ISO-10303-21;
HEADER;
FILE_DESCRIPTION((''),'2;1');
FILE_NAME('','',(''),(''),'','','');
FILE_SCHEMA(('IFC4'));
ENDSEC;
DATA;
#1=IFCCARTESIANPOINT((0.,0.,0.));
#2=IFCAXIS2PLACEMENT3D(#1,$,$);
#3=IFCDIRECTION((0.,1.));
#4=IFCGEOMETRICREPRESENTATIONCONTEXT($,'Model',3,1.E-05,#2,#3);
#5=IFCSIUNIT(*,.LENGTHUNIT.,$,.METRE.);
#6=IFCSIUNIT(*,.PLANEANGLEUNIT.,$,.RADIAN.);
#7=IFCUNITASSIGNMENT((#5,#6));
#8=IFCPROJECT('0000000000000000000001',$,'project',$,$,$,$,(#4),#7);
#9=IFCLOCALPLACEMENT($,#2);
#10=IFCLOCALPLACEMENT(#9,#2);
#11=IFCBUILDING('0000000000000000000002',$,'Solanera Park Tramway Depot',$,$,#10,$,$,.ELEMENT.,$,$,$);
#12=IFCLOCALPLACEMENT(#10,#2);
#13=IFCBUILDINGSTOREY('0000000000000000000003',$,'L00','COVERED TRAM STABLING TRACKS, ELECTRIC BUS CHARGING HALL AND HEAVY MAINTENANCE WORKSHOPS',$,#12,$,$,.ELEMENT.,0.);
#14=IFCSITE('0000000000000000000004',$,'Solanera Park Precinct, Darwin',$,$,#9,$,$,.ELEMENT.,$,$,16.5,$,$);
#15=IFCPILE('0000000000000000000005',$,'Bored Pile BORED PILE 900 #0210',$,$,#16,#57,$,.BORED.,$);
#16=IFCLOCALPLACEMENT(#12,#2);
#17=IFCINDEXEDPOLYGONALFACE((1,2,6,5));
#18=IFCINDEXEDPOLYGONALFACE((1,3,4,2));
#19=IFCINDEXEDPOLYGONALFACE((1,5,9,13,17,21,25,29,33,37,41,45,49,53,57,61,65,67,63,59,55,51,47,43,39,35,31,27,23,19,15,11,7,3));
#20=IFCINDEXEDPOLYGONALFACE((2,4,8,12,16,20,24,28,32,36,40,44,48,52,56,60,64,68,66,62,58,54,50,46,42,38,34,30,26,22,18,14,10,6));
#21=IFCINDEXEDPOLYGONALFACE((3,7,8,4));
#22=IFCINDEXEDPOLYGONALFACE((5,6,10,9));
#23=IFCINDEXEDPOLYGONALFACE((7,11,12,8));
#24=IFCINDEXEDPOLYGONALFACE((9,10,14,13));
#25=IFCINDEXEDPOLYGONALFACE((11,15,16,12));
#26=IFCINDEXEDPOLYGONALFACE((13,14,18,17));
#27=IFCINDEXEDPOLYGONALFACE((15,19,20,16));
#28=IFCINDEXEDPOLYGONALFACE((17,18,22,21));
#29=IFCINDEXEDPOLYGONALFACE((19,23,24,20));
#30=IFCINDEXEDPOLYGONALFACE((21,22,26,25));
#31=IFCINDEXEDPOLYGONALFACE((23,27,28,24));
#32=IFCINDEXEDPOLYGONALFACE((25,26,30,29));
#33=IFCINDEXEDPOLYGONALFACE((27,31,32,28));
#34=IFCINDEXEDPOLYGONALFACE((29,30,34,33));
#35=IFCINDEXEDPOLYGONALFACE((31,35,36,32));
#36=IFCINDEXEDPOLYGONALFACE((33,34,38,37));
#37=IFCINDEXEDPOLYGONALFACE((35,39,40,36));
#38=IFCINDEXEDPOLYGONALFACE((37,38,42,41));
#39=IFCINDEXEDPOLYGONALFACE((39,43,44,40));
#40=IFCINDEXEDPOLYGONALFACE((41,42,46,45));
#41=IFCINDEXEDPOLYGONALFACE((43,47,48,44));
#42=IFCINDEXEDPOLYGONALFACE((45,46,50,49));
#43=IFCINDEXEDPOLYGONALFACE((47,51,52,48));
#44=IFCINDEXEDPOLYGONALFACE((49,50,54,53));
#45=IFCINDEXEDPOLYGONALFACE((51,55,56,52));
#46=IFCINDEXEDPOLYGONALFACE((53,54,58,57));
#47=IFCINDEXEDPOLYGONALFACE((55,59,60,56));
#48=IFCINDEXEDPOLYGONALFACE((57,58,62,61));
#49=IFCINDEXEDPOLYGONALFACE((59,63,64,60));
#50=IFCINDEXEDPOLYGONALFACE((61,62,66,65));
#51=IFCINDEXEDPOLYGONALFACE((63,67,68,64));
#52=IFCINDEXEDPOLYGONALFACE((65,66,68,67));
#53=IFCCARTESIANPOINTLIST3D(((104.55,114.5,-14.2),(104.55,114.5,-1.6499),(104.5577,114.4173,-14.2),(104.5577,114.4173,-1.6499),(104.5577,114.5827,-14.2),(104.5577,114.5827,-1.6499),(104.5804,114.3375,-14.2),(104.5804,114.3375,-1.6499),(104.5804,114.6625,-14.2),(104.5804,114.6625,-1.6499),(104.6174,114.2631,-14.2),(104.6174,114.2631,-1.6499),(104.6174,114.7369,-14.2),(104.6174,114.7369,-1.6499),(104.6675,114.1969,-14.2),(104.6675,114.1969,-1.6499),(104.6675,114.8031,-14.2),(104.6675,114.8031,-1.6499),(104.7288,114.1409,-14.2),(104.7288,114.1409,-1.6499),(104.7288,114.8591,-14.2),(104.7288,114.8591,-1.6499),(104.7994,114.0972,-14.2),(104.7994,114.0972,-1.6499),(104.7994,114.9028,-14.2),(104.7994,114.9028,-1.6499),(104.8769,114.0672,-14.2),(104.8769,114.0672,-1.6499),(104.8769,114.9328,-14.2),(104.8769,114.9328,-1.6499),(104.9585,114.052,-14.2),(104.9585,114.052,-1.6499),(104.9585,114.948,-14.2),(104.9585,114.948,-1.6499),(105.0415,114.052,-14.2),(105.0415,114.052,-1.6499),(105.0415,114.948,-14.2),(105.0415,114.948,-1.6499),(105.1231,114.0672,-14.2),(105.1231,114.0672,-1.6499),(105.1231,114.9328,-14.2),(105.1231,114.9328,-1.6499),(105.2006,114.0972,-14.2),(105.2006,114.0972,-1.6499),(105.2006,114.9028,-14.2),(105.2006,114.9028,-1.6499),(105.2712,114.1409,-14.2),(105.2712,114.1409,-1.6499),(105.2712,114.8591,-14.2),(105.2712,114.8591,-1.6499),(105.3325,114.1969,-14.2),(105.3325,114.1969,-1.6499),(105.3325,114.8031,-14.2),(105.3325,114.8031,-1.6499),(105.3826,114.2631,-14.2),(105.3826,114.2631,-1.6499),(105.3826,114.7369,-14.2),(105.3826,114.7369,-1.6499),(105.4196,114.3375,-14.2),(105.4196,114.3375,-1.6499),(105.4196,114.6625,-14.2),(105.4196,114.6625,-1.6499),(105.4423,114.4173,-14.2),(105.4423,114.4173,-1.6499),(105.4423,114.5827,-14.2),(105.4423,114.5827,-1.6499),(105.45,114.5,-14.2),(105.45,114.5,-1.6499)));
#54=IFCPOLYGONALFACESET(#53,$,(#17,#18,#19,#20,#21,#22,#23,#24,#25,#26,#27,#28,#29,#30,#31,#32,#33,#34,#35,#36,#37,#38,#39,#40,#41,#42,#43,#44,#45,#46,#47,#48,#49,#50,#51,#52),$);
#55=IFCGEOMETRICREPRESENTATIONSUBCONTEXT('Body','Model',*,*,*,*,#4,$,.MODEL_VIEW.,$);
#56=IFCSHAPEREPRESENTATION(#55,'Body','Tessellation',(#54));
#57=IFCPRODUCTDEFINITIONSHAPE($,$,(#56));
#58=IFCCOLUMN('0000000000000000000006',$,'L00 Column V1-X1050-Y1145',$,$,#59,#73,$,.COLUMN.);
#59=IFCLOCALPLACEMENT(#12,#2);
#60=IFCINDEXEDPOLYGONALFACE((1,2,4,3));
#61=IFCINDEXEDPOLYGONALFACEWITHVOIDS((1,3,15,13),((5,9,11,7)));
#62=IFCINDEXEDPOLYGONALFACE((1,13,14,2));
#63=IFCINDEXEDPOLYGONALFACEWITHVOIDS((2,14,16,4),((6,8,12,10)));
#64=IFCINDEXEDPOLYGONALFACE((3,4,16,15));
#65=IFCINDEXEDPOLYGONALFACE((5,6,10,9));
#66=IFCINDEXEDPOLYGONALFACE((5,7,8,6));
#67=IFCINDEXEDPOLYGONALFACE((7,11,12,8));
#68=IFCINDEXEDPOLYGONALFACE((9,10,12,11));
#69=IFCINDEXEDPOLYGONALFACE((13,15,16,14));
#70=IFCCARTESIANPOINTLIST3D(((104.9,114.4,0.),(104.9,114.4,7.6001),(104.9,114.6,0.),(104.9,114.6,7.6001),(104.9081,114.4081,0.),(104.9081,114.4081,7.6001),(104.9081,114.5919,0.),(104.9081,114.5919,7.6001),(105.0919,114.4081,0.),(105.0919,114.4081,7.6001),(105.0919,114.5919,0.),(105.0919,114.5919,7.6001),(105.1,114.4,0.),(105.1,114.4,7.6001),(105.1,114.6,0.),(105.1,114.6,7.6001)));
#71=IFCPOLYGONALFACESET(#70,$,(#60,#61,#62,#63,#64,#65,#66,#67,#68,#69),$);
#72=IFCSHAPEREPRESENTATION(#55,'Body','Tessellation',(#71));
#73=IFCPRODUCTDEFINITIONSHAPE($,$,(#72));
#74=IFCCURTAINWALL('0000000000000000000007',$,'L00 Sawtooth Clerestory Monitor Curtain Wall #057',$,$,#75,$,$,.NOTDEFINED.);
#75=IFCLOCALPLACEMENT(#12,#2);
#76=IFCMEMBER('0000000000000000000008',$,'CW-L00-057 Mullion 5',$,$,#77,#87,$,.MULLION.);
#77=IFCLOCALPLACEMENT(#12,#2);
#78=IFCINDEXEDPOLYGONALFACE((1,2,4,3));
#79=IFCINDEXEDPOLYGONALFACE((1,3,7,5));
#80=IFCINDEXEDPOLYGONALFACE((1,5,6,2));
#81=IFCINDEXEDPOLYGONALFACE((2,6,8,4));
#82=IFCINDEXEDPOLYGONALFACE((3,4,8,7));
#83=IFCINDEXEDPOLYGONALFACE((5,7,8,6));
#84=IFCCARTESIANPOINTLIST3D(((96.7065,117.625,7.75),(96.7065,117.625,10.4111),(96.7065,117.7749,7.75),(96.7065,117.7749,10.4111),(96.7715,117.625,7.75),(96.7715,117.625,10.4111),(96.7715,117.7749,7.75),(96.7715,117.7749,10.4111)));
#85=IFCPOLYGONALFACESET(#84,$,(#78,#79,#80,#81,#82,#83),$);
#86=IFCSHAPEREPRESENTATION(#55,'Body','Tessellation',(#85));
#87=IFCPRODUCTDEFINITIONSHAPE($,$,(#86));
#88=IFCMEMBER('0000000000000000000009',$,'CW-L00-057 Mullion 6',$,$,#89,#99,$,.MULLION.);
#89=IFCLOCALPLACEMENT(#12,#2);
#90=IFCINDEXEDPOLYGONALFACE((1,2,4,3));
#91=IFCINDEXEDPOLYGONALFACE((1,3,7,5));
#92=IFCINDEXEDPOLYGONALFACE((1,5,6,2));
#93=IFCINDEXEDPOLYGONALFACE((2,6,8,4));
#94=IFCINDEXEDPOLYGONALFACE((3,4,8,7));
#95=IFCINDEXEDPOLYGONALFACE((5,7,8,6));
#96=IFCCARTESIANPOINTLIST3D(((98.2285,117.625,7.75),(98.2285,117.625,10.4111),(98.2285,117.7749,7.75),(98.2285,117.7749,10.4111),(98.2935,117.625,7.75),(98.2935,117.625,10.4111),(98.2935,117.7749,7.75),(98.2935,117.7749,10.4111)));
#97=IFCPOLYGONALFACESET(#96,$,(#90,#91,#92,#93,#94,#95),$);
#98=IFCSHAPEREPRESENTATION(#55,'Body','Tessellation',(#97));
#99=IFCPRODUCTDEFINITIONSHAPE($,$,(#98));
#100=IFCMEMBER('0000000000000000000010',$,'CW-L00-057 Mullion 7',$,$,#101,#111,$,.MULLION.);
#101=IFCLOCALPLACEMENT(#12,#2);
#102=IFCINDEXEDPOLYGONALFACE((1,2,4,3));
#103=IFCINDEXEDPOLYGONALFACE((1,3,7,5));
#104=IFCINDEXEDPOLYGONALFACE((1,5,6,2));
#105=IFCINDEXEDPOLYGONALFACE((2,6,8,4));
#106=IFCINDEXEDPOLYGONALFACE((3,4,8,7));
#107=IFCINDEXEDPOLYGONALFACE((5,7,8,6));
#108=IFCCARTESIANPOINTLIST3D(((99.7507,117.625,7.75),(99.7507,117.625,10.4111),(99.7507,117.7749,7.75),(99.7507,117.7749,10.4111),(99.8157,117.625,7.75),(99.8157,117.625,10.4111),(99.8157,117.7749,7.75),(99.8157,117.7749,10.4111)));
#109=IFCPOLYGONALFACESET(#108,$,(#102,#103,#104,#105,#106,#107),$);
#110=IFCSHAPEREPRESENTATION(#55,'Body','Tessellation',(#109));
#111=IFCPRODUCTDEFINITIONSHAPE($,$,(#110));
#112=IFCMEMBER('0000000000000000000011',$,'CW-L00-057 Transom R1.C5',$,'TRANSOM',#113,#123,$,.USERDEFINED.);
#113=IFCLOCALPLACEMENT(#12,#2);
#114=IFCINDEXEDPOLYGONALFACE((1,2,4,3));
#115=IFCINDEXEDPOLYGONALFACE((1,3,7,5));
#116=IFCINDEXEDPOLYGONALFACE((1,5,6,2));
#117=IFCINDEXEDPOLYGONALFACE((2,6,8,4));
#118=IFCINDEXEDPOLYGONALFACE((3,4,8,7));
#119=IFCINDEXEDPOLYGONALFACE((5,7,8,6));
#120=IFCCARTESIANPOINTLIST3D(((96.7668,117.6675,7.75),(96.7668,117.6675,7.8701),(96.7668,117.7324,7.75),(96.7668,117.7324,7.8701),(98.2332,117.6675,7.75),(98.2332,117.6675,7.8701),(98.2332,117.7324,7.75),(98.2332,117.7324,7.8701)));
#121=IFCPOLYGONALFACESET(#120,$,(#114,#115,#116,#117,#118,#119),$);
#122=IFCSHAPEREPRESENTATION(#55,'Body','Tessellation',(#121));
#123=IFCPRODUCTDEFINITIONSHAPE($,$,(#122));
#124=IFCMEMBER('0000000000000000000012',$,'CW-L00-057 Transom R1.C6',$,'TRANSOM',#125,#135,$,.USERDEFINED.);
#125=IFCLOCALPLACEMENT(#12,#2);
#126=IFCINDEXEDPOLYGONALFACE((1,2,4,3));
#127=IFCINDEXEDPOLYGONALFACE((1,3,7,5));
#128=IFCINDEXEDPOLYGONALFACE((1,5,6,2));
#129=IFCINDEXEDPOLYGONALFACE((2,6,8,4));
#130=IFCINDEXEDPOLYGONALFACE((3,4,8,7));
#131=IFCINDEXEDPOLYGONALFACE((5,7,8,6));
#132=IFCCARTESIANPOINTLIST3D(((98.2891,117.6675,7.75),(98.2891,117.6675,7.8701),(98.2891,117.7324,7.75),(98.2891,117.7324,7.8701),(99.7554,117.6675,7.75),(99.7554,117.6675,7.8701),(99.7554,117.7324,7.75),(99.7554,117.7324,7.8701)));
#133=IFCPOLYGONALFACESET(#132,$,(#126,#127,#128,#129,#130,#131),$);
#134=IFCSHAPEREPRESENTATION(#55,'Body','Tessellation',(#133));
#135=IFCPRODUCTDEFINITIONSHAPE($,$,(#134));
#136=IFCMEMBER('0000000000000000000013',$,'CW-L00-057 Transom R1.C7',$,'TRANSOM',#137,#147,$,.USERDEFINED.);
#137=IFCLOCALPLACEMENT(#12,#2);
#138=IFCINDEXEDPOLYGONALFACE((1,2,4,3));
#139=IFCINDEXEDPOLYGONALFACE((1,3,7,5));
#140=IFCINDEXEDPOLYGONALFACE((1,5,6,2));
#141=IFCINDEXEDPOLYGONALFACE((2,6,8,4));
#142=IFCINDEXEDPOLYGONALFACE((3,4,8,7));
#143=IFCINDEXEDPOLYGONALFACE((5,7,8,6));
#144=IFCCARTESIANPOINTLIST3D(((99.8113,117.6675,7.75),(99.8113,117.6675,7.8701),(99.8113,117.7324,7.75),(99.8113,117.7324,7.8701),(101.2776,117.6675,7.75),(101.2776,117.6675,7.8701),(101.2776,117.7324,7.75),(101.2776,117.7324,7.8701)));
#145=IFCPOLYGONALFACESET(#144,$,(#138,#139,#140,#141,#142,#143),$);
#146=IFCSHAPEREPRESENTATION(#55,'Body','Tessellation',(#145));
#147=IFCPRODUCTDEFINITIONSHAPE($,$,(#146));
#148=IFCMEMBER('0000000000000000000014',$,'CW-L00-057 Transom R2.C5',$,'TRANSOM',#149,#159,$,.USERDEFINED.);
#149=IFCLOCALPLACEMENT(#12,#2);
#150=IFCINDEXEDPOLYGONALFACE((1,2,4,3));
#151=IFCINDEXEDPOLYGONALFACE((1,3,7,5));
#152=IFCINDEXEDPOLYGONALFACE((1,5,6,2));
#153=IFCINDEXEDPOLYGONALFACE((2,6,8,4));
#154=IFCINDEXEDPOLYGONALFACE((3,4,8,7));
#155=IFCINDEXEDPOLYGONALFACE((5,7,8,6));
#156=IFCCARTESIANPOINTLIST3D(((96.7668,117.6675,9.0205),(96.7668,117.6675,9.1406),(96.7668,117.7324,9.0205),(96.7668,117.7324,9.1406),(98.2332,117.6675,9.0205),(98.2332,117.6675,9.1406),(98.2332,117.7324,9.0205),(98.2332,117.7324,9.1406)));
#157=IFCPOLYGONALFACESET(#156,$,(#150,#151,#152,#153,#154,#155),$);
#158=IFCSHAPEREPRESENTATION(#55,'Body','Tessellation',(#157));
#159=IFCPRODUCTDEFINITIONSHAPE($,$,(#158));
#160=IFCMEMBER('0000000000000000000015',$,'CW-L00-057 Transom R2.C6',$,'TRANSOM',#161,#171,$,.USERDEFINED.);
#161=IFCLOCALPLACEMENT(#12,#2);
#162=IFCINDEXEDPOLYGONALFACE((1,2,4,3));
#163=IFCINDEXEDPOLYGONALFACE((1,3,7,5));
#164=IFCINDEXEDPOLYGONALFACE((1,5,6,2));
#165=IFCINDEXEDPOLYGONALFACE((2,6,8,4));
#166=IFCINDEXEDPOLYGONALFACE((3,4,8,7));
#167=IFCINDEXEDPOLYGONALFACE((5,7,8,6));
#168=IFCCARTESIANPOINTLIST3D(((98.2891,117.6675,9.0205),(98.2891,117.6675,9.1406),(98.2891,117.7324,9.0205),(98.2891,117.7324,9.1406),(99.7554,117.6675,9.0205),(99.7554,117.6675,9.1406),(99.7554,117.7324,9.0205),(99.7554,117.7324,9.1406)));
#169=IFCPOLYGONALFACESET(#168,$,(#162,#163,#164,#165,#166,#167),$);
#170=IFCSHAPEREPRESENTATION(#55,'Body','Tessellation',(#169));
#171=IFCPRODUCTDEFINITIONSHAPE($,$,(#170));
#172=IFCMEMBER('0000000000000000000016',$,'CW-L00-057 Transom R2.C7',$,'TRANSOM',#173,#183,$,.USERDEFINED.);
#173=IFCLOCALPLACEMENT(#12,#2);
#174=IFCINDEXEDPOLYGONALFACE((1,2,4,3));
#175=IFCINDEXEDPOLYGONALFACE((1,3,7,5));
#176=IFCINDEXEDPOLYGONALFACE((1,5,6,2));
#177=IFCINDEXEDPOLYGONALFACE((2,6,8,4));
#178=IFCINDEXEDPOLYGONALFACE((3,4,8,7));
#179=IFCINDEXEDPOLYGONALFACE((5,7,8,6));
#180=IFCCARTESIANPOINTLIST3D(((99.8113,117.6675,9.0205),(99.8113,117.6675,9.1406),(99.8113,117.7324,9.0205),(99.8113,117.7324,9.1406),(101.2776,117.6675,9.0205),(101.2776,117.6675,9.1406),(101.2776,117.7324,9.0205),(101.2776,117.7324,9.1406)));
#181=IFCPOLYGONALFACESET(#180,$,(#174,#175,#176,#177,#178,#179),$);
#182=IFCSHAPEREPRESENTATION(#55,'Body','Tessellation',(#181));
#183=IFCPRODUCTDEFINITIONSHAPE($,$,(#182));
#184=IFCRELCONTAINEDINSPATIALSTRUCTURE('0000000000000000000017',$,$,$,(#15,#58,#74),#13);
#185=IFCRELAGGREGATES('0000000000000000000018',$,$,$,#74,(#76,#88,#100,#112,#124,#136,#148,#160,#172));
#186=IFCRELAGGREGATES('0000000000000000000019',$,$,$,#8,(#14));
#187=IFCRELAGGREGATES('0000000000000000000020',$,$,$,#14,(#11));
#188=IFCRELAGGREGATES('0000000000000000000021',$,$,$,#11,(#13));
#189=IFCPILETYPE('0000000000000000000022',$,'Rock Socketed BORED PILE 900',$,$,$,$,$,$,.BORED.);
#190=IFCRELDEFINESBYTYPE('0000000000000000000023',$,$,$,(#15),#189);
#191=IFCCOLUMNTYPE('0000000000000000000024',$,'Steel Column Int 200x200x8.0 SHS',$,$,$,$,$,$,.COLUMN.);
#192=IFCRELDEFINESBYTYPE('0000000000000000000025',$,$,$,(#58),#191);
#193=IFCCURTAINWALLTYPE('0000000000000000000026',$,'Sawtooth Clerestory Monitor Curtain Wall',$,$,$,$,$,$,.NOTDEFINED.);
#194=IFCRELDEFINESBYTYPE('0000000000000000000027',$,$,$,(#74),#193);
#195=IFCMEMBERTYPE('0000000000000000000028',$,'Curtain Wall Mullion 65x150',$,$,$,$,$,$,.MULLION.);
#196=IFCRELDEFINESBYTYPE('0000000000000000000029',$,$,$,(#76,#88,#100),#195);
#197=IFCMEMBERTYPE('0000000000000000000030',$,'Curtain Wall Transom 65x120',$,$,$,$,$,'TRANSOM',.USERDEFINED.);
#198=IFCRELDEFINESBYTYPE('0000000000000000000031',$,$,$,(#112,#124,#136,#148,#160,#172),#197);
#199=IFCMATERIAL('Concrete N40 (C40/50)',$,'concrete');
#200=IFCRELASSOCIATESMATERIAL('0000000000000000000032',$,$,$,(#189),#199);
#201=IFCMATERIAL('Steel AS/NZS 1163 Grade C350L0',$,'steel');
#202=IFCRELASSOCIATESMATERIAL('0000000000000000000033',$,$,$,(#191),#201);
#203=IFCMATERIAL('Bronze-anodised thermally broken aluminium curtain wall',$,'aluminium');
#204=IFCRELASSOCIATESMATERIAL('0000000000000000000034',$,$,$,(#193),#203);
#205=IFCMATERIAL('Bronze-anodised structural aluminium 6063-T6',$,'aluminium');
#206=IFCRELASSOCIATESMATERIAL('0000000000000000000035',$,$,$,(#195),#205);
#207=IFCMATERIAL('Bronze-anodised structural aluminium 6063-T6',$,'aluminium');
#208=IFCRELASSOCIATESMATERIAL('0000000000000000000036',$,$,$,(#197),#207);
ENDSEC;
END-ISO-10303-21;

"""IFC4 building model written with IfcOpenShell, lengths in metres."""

from ifc_helpers import new_model, si_unit, direction, frame, origin, origin_2d, place, context, subcontext, project, spatial, rectangle, hollow_rectangle, circle, extrude, material, material_profile, profile_set, type_object, element, aggregate, save


model = new_model("IFC4")

# Units and contexts
model_context = context("Model", 3, precision=1e-05, world=origin(), true_north=direction((0.0, 1.0)))
body_context = subcontext(model_context, "Body", "Model", "MODEL_VIEW")
ifc_project = project(units=[si_unit("LENGTHUNIT", "METRE"), si_unit("PLANEANGLEUNIT", "RADIAN")], contexts=[model_context])

# Site, building, storey
site_placement = place(None, origin())
site = spatial("IfcSite", under=ifc_project, at=site_placement, Name="Solanera Park Precinct, Darwin", CompositionType="ELEMENT", RefElevation=16.5)
building_placement = place(site_placement, origin())
building = spatial("IfcBuilding", under=site, at=building_placement, Name="Solanera Park Tramway Depot", CompositionType="ELEMENT")
storey_placement = place(building_placement, origin())
storey = spatial("IfcBuildingStorey", under=building, at=storey_placement, Name="L00", Description="COVERED TRAM STABLING TRACKS, ELECTRIC BUS CHARGING HALL AND HEAVY MAINTENANCE WORKSHOPS", CompositionType="ELEMENT", Elevation=0.0)

# Pile
ifc_material_1 = material(Name="Concrete N40 (C40/50)", Category="concrete")
ifc_material_profile_1 = material_profile(ifc_material_1, circle(Radius=0.45, at=origin_2d()), Name="BORED PILE 900")
ifc_profile_set_1 = profile_set([ifc_material_profile_1], Name="Concrete N40 (C40/50)")
pile_type = type_object("IfcPileType", Name="Rock Socketed BORED PILE 900", PredefinedType="BORED", material=ifc_profile_set_1)
pile_placement = place(storey_placement, frame((105.0, 114.5, -1.6499), z_axis=(0.0, 0.0, -1.0), x_axis=(1.0, 0.0, 0.0)))
element("IfcPile", 1, at=pile_placement, inside=storey, type_object=pile_type, Name="Bored Pile BORED PILE 900 #0210", PredefinedType="BORED", context=body_context, shape_type="SweptSolid", body=[
    extrude(circle(Radius=0.45, at=origin_2d()), origin(), (0.0, 0.0, 1.0), 12.55),
])

# Column
ifc_material_2 = material(Name="Steel AS/NZS 1163 Grade C350L0", Category="steel")
ifc_material_profile_2 = material_profile(ifc_material_2, hollow_rectangle(XDim=0.2, YDim=0.2, WallThickness=0.0081, at=origin_2d()), Name="200x200x8.0 SHS")
ifc_profile_set_2 = profile_set([ifc_material_profile_2], Name="Steel AS/NZS 1163 Grade C350L0")
column_type = type_object("IfcColumnType", Name="Steel Column Int 200x200x8.0 SHS", PredefinedType="COLUMN", material=ifc_profile_set_2)
column_placement = place(storey_placement, frame((105.0, 114.5, 0.0), z_axis=(0.0, 0.0, 1.0), x_axis=(1.0, 0.0, 0.0)))
element("IfcColumn", 2, at=column_placement, inside=storey, type_object=column_type, Name="L00 Column V1-X1050-Y1145", PredefinedType="COLUMN", context=body_context, shape_type="SweptSolid", body=[
    extrude(hollow_rectangle(XDim=0.2, YDim=0.2, WallThickness=0.0081, at=origin_2d()), origin(), (0.0, 0.0, 1.0), 7.6001),
])

# Curtain wall, members
ifc_material_3 = material(Name="Bronze-anodised thermally broken aluminium curtain wall", Category="aluminium")
curtain_wall_type = type_object("IfcCurtainWallType", Name="Sawtooth Clerestory Monitor Curtain Wall", PredefinedType="NOTDEFINED", material=ifc_material_3)
curtain_wall_placement = place(storey_placement, origin())
curtain_wall = element("IfcCurtainWall", 3, at=curtain_wall_placement, inside=storey, type_object=curtain_wall_type, Name="L00 Sawtooth Clerestory Monitor Curtain Wall #057", PredefinedType="NOTDEFINED")
ifc_material_4 = material(Name="Bronze-anodised structural aluminium 6063-T6", Category="aluminium")
ifc_material_profile_3 = material_profile(ifc_material_4, rectangle(XDim=0.0649, YDim=0.1499, at=origin_2d()), Name="Curtain Wall Mullion 65x150")
ifc_profile_set_3 = profile_set([ifc_material_profile_3], Name="Bronze-anodised structural aluminium 6063-T6")
member_type_1 = type_object("IfcMemberType", Name="Curtain Wall Mullion 65x150", PredefinedType="MULLION", material=ifc_profile_set_3)
member_1_placement = place(storey_placement, frame((96.739, 117.7, 7.75), z_axis=(0.0, 0.0, 1.0), x_axis=(1.0, 0.0, 0.0)))
member_1 = element("IfcMember", 4, at=member_1_placement, type_object=member_type_1, Name="CW-L00-057 Mullion 5", PredefinedType="MULLION", context=body_context, shape_type="SweptSolid", body=[
    extrude(rectangle(XDim=0.0649, YDim=0.1499, at=origin_2d()), origin(), (0.0, 0.0, 1.0), 2.6611),
])
member_2_placement = place(storey_placement, frame((98.261, 117.7, 7.75), z_axis=(0.0, 0.0, 1.0), x_axis=(1.0, 0.0, 0.0)))
member_2 = element("IfcMember", 5, at=member_2_placement, type_object=member_type_1, Name="CW-L00-057 Mullion 6", PredefinedType="MULLION", context=body_context, shape_type="SweptSolid", body=[
    extrude(rectangle(XDim=0.0649, YDim=0.1499, at=origin_2d()), origin(), (0.0, 0.0, 1.0), 2.6611),
])
member_3_placement = place(storey_placement, frame((99.7832, 117.7, 7.75), z_axis=(0.0, 0.0, 1.0), x_axis=(1.0, 0.0, 0.0)))
member_3 = element("IfcMember", 6, at=member_3_placement, type_object=member_type_1, Name="CW-L00-057 Mullion 7", PredefinedType="MULLION", context=body_context, shape_type="SweptSolid", body=[
    extrude(rectangle(XDim=0.0649, YDim=0.1499, at=origin_2d()), origin(), (0.0, 0.0, 1.0), 2.6611),
])
ifc_material_5 = material(Name="Bronze-anodised structural aluminium 6063-T6", Category="aluminium")
ifc_material_profile_4 = material_profile(ifc_material_5, rectangle(XDim=0.0649, YDim=0.1201, at=origin_2d()), Name="Curtain Wall Transom 65x120")
ifc_profile_set_4 = profile_set([ifc_material_profile_4], Name="Bronze-anodised structural aluminium 6063-T6")
member_type_2 = type_object("IfcMemberType", Name="Curtain Wall Transom 65x120", ElementType="TRANSOM", PredefinedType="USERDEFINED", material=ifc_profile_set_4)
member_4_placement = place(storey_placement, frame((96.7668, 117.7, 7.8101), z_axis=(1.0, 0.0, 0.0), x_axis=(0.0, 1.0, 0.0)))
member_4 = element("IfcMember", 7, at=member_4_placement, type_object=member_type_2, Name="CW-L00-057 Transom R1.C5", ObjectType="TRANSOM", PredefinedType="USERDEFINED", context=body_context, shape_type="SweptSolid", body=[
    extrude(rectangle(XDim=0.0649, YDim=0.1201, at=origin_2d()), origin(), (0.0, 0.0, 1.0), 1.4663),
])
member_5_placement = place(storey_placement, frame((98.2891, 117.7, 7.8101), z_axis=(1.0, 0.0, 0.0), x_axis=(0.0, 1.0, 0.0)))
member_5 = element("IfcMember", 8, at=member_5_placement, type_object=member_type_2, Name="CW-L00-057 Transom R1.C6", ObjectType="TRANSOM", PredefinedType="USERDEFINED", context=body_context, shape_type="SweptSolid", body=[
    extrude(rectangle(XDim=0.0649, YDim=0.1201, at=origin_2d()), origin(), (0.0, 0.0, 1.0), 1.4663),
])
member_6_placement = place(storey_placement, frame((99.8113, 117.7, 7.8101), z_axis=(1.0, 0.0, 0.0), x_axis=(0.0, 1.0, 0.0)))
member_6 = element("IfcMember", 9, at=member_6_placement, type_object=member_type_2, Name="CW-L00-057 Transom R1.C7", ObjectType="TRANSOM", PredefinedType="USERDEFINED", context=body_context, shape_type="SweptSolid", body=[
    extrude(rectangle(XDim=0.0649, YDim=0.1201, at=origin_2d()), origin(), (0.0, 0.0, 1.0), 1.4663),
])
member_7_placement = place(storey_placement, frame((96.7668, 117.7, 9.0806), z_axis=(1.0, 0.0, 0.0), x_axis=(0.0, 1.0, 0.0)))
member_7 = element("IfcMember", 10, at=member_7_placement, type_object=member_type_2, Name="CW-L00-057 Transom R2.C5", ObjectType="TRANSOM", PredefinedType="USERDEFINED", context=body_context, shape_type="SweptSolid", body=[
    extrude(rectangle(XDim=0.0649, YDim=0.1201, at=origin_2d()), origin(), (0.0, 0.0, 1.0), 1.4663),
])
member_8_placement = place(storey_placement, frame((98.2891, 117.7, 9.0806), z_axis=(1.0, 0.0, 0.0), x_axis=(0.0, 1.0, 0.0)))
member_8 = element("IfcMember", 11, at=member_8_placement, type_object=member_type_2, Name="CW-L00-057 Transom R2.C6", ObjectType="TRANSOM", PredefinedType="USERDEFINED", context=body_context, shape_type="SweptSolid", body=[
    extrude(rectangle(XDim=0.0649, YDim=0.1201, at=origin_2d()), origin(), (0.0, 0.0, 1.0), 1.4663),
])
member_9_placement = place(storey_placement, frame((99.8113, 117.7, 9.0806), z_axis=(1.0, 0.0, 0.0), x_axis=(0.0, 1.0, 0.0)))
member_9 = element("IfcMember", 12, at=member_9_placement, type_object=member_type_2, Name="CW-L00-057 Transom R2.C7", ObjectType="TRANSOM", PredefinedType="USERDEFINED", context=body_context, shape_type="SweptSolid", body=[
    extrude(rectangle(XDim=0.0649, YDim=0.1201, at=origin_2d()), origin(), (0.0, 0.0, 1.0), 1.4663),
])

aggregate(curtain_wall, [member_1, member_2, member_3, member_4, member_5, member_6, member_7, member_8, member_9])

save(model, "model.ifc")
